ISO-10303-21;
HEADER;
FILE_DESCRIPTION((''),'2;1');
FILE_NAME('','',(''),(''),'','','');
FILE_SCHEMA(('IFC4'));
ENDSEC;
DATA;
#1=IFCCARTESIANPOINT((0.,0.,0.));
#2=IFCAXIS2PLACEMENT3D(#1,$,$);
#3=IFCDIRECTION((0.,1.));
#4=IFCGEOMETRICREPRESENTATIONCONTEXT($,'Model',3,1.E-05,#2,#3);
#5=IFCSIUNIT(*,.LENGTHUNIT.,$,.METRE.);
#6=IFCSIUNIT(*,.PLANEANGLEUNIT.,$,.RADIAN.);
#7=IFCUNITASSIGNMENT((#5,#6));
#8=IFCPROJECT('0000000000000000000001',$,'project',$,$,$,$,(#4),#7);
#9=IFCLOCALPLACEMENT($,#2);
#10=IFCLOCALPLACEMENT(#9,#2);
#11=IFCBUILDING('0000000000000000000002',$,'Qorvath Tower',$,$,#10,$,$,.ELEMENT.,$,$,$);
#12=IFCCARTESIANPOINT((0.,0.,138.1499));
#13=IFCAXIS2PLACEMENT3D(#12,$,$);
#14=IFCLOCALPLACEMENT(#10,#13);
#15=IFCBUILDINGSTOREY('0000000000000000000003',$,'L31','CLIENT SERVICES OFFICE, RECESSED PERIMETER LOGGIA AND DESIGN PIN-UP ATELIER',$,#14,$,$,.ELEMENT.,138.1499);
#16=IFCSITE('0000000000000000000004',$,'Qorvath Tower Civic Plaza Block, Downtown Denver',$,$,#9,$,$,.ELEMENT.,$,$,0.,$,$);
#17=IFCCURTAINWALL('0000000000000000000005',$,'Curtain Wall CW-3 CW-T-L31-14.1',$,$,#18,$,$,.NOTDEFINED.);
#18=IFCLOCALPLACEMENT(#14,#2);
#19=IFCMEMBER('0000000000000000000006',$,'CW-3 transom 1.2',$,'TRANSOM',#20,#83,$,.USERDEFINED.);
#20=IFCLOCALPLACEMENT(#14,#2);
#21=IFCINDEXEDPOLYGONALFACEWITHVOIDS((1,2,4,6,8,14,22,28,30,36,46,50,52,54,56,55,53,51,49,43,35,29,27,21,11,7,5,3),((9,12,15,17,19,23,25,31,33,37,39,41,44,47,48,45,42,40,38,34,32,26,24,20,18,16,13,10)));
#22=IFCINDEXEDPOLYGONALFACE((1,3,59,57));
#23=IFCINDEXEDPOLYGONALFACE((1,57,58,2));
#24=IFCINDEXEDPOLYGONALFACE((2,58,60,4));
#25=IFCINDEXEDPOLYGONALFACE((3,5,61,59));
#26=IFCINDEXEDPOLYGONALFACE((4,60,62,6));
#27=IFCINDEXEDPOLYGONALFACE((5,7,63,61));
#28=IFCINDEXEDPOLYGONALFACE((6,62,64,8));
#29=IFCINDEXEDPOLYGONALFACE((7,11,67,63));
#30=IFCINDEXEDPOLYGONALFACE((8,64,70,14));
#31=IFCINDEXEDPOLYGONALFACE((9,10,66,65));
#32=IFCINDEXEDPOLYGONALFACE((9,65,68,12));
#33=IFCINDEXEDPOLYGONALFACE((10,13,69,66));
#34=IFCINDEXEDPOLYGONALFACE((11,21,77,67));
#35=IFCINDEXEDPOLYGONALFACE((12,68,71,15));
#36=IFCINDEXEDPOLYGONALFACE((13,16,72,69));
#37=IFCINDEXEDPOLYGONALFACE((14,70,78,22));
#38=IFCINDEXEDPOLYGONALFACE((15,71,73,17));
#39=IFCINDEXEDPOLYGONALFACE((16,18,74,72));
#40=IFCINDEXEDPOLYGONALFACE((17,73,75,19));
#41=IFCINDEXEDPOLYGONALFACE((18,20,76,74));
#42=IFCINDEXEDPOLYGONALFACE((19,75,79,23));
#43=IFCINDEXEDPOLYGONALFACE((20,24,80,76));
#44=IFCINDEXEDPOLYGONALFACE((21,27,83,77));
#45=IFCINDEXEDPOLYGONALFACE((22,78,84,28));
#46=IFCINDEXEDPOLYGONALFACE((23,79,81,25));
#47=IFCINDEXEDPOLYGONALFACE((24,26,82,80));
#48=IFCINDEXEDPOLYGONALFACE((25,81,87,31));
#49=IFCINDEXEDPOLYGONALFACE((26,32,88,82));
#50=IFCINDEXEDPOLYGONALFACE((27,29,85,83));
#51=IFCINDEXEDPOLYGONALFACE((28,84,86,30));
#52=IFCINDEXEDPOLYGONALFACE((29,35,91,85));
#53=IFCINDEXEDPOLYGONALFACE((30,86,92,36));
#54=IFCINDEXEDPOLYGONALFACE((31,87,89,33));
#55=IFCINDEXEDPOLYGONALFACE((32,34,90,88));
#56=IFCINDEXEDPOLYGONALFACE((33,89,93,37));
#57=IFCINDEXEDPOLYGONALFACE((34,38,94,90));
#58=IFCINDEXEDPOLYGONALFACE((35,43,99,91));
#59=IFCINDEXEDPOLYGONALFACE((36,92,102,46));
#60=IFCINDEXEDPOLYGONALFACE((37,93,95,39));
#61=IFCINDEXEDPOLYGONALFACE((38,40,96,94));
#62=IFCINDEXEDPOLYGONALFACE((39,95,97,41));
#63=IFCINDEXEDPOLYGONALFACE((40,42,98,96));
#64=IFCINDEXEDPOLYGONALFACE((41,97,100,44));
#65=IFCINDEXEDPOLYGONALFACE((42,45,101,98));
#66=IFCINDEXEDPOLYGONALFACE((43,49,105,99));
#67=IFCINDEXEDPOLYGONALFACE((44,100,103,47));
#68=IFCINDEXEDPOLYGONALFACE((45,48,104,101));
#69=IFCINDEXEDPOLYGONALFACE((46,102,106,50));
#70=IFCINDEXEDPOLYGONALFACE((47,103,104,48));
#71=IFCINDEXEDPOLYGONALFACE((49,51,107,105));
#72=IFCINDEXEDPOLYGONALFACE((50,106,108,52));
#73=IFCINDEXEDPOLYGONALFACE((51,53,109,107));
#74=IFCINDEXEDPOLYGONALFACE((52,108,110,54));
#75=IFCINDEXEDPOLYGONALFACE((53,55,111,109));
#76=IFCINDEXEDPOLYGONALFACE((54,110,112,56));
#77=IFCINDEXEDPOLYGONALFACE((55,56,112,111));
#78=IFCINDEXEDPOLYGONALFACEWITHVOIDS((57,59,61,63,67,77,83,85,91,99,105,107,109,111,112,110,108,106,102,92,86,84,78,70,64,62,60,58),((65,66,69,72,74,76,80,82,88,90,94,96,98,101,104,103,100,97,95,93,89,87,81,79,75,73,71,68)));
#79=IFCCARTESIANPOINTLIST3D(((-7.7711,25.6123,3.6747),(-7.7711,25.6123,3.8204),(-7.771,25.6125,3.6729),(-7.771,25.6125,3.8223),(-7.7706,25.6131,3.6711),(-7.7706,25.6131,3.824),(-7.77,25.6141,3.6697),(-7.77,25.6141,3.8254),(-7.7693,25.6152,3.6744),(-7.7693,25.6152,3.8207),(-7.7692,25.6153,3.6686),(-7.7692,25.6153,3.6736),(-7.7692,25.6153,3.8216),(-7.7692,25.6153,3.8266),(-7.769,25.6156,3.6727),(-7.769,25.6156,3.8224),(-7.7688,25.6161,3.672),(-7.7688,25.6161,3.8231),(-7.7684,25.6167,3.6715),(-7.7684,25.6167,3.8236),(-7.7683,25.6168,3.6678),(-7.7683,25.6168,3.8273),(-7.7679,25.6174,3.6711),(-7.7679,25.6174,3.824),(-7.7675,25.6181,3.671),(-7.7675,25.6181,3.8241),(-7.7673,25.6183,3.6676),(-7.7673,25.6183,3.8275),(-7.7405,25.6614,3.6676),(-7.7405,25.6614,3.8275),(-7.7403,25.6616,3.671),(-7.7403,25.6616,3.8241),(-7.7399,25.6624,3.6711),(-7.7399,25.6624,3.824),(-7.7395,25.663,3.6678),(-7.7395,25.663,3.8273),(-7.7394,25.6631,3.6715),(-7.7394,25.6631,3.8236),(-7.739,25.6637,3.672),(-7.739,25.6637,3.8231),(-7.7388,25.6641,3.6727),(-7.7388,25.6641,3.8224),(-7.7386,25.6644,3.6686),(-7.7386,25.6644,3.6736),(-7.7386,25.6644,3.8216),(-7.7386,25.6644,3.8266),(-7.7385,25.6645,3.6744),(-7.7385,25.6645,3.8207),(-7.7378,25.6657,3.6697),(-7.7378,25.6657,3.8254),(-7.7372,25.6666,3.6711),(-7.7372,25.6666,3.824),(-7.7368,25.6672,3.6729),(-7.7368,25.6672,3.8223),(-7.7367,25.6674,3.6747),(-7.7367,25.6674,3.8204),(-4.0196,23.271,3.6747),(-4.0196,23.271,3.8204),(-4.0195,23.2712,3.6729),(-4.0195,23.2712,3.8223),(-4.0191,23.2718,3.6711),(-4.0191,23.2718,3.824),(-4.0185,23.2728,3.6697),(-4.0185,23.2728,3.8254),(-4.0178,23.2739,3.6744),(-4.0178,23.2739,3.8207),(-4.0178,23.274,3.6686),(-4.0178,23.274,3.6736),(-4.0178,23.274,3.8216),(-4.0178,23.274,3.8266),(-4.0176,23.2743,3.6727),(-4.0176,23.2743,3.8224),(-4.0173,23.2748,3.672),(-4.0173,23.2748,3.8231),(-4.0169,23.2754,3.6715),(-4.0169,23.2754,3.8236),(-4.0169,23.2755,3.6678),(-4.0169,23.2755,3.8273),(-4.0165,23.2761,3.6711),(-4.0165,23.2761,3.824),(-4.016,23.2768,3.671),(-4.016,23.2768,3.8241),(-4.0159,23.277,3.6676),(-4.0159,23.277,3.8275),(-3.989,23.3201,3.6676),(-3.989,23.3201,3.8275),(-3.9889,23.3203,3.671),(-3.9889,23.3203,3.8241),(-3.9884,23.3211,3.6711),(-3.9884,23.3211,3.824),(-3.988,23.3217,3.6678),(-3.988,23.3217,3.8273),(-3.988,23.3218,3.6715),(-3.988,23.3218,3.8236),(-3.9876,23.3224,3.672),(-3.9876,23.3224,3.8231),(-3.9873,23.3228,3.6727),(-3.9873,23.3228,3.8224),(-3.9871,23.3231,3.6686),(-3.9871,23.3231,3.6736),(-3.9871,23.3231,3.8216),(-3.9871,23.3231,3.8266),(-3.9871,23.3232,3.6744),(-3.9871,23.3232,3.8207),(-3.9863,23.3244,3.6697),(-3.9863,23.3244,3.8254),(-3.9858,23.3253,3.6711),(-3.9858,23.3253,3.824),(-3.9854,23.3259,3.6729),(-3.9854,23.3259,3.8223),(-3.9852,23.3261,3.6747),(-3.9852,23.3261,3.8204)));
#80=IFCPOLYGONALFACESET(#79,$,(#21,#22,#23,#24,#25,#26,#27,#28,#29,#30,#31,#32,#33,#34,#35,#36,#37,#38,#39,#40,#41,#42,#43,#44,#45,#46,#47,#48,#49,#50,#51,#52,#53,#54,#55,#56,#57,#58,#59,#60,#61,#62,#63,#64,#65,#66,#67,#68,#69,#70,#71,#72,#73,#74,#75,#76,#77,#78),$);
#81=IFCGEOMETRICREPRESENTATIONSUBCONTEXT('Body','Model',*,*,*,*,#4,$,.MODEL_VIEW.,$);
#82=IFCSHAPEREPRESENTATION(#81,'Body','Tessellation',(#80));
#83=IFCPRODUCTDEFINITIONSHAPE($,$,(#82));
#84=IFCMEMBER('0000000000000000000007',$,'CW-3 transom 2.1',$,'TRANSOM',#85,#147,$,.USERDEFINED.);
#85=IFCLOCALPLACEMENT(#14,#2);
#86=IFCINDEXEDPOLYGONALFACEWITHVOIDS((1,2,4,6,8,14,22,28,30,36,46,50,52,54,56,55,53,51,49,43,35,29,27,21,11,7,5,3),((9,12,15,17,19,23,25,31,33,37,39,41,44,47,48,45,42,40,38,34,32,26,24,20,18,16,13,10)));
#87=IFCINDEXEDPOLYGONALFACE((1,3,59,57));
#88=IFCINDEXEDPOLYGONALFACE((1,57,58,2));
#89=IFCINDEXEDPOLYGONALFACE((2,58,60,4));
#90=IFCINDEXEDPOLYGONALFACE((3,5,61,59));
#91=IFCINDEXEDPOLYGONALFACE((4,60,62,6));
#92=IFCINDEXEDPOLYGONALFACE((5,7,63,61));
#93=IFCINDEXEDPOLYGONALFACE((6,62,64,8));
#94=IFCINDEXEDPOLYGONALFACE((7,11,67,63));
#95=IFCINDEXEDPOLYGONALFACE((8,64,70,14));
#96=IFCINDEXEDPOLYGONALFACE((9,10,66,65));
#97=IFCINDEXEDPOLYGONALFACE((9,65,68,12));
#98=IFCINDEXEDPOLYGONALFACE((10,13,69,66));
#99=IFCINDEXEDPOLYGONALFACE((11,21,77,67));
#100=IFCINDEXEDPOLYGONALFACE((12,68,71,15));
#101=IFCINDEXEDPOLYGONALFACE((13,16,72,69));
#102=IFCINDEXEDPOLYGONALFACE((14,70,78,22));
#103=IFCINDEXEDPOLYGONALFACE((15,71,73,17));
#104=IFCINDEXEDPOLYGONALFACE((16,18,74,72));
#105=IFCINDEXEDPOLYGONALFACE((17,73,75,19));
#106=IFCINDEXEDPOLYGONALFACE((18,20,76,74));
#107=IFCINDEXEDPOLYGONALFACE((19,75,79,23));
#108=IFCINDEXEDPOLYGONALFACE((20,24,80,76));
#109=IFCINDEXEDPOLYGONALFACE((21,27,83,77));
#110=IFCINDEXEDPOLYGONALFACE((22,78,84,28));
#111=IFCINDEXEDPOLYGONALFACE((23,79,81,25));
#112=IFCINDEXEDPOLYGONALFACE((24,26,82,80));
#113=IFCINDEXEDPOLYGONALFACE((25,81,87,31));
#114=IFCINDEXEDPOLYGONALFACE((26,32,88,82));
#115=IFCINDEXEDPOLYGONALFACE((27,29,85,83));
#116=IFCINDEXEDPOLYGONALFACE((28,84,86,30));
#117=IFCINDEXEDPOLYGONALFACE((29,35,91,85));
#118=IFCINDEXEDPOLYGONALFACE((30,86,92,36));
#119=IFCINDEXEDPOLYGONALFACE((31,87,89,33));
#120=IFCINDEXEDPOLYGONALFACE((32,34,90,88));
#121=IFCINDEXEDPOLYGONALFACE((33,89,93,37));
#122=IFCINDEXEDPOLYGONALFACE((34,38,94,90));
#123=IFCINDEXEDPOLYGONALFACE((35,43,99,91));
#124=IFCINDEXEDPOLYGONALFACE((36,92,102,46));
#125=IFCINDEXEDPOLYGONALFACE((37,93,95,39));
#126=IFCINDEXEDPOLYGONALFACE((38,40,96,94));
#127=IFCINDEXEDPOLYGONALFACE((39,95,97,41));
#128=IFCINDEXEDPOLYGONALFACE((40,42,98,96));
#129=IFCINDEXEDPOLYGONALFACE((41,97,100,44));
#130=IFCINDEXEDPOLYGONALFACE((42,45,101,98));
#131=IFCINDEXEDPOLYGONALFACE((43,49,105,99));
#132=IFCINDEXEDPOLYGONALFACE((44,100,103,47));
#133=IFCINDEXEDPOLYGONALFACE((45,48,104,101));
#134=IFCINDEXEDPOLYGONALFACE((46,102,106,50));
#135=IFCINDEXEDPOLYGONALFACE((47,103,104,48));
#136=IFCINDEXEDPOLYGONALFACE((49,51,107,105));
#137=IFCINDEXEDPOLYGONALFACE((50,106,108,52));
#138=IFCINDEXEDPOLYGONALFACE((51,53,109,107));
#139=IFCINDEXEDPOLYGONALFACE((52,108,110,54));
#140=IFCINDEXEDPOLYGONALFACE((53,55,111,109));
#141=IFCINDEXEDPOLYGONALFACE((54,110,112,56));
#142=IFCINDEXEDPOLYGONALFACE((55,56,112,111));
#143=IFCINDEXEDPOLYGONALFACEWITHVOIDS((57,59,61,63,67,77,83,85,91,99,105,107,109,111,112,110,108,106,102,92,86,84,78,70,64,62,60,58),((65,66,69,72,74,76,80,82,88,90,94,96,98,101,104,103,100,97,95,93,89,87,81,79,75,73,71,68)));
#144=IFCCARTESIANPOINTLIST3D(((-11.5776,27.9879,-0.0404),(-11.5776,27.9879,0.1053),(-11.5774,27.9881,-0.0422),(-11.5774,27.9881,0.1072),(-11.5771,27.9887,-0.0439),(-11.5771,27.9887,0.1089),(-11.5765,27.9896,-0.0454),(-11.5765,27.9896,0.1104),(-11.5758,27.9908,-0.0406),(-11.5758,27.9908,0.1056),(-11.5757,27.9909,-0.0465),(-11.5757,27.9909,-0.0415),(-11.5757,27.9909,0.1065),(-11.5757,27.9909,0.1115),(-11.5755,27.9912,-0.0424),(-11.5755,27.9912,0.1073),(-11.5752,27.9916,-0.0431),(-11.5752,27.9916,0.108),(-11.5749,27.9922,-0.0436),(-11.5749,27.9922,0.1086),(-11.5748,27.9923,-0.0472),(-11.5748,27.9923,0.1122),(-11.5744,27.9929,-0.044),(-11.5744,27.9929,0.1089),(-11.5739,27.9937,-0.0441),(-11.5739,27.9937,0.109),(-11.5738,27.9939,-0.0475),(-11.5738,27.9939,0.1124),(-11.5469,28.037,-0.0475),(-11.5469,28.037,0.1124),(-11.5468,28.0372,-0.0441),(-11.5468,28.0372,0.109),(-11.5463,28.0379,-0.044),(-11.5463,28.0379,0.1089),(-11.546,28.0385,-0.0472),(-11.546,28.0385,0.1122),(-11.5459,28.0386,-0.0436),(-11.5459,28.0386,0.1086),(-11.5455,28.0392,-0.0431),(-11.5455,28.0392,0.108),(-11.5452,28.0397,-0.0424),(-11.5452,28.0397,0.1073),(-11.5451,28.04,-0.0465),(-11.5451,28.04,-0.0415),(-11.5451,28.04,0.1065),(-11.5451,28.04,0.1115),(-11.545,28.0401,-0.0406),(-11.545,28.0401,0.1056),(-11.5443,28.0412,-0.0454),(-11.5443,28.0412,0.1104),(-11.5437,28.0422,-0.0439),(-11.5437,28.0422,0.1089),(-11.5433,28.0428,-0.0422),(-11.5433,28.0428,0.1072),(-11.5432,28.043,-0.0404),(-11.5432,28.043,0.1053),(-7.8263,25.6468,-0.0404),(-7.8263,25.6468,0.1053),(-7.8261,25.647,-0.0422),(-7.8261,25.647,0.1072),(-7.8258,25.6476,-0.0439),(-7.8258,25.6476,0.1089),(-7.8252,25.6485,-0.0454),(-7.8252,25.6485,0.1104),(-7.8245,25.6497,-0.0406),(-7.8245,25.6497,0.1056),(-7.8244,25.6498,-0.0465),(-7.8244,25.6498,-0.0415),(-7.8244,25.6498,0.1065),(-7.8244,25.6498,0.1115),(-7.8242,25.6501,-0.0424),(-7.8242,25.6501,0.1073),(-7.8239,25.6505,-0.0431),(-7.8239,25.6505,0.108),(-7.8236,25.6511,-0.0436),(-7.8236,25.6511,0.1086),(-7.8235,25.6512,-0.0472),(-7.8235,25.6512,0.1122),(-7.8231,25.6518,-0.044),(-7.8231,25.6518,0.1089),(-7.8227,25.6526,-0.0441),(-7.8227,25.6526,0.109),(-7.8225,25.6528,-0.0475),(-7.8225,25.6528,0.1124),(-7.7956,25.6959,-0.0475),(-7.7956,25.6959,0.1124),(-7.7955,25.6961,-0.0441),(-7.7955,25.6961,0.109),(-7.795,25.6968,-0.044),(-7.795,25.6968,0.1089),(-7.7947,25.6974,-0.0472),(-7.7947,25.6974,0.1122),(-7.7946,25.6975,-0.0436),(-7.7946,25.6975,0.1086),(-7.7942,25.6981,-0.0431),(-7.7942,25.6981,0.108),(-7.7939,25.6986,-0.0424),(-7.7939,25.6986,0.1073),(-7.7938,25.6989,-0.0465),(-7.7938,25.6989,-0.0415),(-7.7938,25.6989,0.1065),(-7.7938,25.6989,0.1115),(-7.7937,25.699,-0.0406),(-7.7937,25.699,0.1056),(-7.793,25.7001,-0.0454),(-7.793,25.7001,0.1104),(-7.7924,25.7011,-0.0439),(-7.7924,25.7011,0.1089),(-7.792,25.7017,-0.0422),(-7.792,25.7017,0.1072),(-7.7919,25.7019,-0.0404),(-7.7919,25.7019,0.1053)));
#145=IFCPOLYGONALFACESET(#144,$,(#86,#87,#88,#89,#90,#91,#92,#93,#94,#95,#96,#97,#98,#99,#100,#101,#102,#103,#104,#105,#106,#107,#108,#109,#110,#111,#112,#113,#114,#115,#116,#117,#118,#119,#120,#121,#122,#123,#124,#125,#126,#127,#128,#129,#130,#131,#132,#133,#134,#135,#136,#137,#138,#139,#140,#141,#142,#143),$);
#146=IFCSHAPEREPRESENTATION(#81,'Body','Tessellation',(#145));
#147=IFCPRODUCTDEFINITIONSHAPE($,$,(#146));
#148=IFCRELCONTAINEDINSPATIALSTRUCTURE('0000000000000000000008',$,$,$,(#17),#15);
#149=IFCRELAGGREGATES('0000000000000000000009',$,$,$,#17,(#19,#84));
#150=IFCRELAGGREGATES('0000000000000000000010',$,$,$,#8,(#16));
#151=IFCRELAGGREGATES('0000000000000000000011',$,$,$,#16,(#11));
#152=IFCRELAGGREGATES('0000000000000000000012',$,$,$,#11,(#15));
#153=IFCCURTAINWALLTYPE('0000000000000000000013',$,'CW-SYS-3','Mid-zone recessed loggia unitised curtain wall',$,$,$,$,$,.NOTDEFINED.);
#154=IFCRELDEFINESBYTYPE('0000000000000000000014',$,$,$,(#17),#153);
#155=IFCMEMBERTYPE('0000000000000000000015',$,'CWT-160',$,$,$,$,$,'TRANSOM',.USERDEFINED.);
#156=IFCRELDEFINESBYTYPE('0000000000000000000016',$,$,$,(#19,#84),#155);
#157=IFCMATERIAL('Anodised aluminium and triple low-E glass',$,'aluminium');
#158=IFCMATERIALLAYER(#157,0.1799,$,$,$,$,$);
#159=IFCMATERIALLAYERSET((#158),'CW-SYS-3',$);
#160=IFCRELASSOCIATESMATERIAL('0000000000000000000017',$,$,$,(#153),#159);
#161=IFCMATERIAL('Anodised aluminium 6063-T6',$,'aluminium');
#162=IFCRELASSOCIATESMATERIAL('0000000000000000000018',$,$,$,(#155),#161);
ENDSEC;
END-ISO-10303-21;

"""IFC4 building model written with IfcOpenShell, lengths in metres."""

from ifc_helpers import new_model, si_unit, direction, frame, origin, origin_2d, place, context, subcontext, project, spatial, hollow_rectangle, extrude, material, layer, layer_set, material_profile, profile_set, type_object, element, aggregate, save


model = new_model("IFC4")

# Units and contexts
model_context = context("Model", 3, precision=1e-05, world=origin(), true_north=direction((0.0, 1.0)))
body_context = subcontext(model_context, "Body", "Model", "MODEL_VIEW")
ifc_project = project(units=[si_unit("LENGTHUNIT", "METRE"), si_unit("PLANEANGLEUNIT", "RADIAN")], contexts=[model_context])

# Site, building, storey
site_placement = place(None, origin())
site = spatial("IfcSite", under=ifc_project, at=site_placement, Name="Qorvath Tower Civic Plaza Block, Downtown Denver", CompositionType="ELEMENT", RefElevation=0.0)
building_placement = place(site_placement, origin())
building = spatial("IfcBuilding", under=site, at=building_placement, Name="Qorvath Tower", CompositionType="ELEMENT")
storey_placement = place(building_placement, frame((0.0, 0.0, 138.1499)))
storey = spatial("IfcBuildingStorey", under=building, at=storey_placement, Name="L31", Description="CLIENT SERVICES OFFICE, RECESSED PERIMETER LOGGIA AND DESIGN PIN-UP ATELIER", CompositionType="ELEMENT", Elevation=138.1499)

# Shared definitions
ifc_material_1 = material(Name="Anodised aluminium and triple low-E glass", Category="aluminium")
ifc_layer_1 = layer(ifc_material_1, 0.1799)
ifc_layer_set_1 = layer_set([ifc_layer_1], Name="CW-SYS-3")
curtain_wall_type = type_object("IfcCurtainWallType", Name="CW-SYS-3", Description="Mid-zone recessed loggia unitised curtain wall", PredefinedType="NOTDEFINED", material=ifc_layer_set_1)

# Curtain wall
curtain_wall_1_placement = place(storey_placement, origin())
curtain_wall_1 = element("IfcCurtainWall", 1, at=curtain_wall_1_placement, inside=storey, type_object=curtain_wall_type, Name="Curtain Wall CW-3 CW-T-L31-14.1", PredefinedType="NOTDEFINED")

# Members
ifc_material_2 = material(Name="Anodised aluminium 6063-T6", Category="aluminium")
ifc_material_profile_1 = material_profile(ifc_material_2, hollow_rectangle(XDim=0.0649, YDim=0.1599, WallThickness=0.0034, InnerFilletRadius=0.0034, OuterFilletRadius=0.0071, at=origin_2d()), Name="CWT 160x65")
ifc_profile_set_1 = profile_set([ifc_material_profile_1], Name="Anodised aluminium 6063-T6")
member_type_1 = type_object("IfcMemberType", Name="CWT-160", ElementType="TRANSOM", PredefinedType="USERDEFINED", material=ifc_profile_set_1)
member_1_placement = place(storey_placement, frame((-4.0024, 23.2986, 3.7476), z_axis=(-0.848339, 0.529453, 0.0), x_axis=(-0.529453, -0.848339, 0.0)))
member_1 = element("IfcMember", 2, at=member_1_placement, type_object=member_type_1, Name="CW-3 transom 1.2", ObjectType="TRANSOM", PredefinedType="USERDEFINED", context=body_context, shape_type="SweptSolid", body=[
    extrude(hollow_rectangle(XDim=0.0649, YDim=0.1599, WallThickness=0.0034, InnerFilletRadius=0.0034, OuterFilletRadius=0.0071, at=origin_2d()), origin(), (0.0, 0.0, 1.0), 4.4221),
])
member_2_placement = place(storey_placement, frame((-7.8091, 25.6743, 0.0325), z_axis=(-0.848349, 0.529438, 0.0), x_axis=(-0.529438, -0.848349, 0.0)))
member_2 = element("IfcMember", 3, at=member_2_placement, type_object=member_type_1, Name="CW-3 transom 2.1", ObjectType="TRANSOM", PredefinedType="USERDEFINED", context=body_context, shape_type="SweptSolid", body=[
    extrude(hollow_rectangle(XDim=0.0649, YDim=0.1599, WallThickness=0.0034, InnerFilletRadius=0.0034, OuterFilletRadius=0.0071, at=origin_2d()), origin(), (0.0, 0.0, 1.0), 4.4219),
])

aggregate(curtain_wall_1, [member_1, member_2])

save(model, "model.ifc")
